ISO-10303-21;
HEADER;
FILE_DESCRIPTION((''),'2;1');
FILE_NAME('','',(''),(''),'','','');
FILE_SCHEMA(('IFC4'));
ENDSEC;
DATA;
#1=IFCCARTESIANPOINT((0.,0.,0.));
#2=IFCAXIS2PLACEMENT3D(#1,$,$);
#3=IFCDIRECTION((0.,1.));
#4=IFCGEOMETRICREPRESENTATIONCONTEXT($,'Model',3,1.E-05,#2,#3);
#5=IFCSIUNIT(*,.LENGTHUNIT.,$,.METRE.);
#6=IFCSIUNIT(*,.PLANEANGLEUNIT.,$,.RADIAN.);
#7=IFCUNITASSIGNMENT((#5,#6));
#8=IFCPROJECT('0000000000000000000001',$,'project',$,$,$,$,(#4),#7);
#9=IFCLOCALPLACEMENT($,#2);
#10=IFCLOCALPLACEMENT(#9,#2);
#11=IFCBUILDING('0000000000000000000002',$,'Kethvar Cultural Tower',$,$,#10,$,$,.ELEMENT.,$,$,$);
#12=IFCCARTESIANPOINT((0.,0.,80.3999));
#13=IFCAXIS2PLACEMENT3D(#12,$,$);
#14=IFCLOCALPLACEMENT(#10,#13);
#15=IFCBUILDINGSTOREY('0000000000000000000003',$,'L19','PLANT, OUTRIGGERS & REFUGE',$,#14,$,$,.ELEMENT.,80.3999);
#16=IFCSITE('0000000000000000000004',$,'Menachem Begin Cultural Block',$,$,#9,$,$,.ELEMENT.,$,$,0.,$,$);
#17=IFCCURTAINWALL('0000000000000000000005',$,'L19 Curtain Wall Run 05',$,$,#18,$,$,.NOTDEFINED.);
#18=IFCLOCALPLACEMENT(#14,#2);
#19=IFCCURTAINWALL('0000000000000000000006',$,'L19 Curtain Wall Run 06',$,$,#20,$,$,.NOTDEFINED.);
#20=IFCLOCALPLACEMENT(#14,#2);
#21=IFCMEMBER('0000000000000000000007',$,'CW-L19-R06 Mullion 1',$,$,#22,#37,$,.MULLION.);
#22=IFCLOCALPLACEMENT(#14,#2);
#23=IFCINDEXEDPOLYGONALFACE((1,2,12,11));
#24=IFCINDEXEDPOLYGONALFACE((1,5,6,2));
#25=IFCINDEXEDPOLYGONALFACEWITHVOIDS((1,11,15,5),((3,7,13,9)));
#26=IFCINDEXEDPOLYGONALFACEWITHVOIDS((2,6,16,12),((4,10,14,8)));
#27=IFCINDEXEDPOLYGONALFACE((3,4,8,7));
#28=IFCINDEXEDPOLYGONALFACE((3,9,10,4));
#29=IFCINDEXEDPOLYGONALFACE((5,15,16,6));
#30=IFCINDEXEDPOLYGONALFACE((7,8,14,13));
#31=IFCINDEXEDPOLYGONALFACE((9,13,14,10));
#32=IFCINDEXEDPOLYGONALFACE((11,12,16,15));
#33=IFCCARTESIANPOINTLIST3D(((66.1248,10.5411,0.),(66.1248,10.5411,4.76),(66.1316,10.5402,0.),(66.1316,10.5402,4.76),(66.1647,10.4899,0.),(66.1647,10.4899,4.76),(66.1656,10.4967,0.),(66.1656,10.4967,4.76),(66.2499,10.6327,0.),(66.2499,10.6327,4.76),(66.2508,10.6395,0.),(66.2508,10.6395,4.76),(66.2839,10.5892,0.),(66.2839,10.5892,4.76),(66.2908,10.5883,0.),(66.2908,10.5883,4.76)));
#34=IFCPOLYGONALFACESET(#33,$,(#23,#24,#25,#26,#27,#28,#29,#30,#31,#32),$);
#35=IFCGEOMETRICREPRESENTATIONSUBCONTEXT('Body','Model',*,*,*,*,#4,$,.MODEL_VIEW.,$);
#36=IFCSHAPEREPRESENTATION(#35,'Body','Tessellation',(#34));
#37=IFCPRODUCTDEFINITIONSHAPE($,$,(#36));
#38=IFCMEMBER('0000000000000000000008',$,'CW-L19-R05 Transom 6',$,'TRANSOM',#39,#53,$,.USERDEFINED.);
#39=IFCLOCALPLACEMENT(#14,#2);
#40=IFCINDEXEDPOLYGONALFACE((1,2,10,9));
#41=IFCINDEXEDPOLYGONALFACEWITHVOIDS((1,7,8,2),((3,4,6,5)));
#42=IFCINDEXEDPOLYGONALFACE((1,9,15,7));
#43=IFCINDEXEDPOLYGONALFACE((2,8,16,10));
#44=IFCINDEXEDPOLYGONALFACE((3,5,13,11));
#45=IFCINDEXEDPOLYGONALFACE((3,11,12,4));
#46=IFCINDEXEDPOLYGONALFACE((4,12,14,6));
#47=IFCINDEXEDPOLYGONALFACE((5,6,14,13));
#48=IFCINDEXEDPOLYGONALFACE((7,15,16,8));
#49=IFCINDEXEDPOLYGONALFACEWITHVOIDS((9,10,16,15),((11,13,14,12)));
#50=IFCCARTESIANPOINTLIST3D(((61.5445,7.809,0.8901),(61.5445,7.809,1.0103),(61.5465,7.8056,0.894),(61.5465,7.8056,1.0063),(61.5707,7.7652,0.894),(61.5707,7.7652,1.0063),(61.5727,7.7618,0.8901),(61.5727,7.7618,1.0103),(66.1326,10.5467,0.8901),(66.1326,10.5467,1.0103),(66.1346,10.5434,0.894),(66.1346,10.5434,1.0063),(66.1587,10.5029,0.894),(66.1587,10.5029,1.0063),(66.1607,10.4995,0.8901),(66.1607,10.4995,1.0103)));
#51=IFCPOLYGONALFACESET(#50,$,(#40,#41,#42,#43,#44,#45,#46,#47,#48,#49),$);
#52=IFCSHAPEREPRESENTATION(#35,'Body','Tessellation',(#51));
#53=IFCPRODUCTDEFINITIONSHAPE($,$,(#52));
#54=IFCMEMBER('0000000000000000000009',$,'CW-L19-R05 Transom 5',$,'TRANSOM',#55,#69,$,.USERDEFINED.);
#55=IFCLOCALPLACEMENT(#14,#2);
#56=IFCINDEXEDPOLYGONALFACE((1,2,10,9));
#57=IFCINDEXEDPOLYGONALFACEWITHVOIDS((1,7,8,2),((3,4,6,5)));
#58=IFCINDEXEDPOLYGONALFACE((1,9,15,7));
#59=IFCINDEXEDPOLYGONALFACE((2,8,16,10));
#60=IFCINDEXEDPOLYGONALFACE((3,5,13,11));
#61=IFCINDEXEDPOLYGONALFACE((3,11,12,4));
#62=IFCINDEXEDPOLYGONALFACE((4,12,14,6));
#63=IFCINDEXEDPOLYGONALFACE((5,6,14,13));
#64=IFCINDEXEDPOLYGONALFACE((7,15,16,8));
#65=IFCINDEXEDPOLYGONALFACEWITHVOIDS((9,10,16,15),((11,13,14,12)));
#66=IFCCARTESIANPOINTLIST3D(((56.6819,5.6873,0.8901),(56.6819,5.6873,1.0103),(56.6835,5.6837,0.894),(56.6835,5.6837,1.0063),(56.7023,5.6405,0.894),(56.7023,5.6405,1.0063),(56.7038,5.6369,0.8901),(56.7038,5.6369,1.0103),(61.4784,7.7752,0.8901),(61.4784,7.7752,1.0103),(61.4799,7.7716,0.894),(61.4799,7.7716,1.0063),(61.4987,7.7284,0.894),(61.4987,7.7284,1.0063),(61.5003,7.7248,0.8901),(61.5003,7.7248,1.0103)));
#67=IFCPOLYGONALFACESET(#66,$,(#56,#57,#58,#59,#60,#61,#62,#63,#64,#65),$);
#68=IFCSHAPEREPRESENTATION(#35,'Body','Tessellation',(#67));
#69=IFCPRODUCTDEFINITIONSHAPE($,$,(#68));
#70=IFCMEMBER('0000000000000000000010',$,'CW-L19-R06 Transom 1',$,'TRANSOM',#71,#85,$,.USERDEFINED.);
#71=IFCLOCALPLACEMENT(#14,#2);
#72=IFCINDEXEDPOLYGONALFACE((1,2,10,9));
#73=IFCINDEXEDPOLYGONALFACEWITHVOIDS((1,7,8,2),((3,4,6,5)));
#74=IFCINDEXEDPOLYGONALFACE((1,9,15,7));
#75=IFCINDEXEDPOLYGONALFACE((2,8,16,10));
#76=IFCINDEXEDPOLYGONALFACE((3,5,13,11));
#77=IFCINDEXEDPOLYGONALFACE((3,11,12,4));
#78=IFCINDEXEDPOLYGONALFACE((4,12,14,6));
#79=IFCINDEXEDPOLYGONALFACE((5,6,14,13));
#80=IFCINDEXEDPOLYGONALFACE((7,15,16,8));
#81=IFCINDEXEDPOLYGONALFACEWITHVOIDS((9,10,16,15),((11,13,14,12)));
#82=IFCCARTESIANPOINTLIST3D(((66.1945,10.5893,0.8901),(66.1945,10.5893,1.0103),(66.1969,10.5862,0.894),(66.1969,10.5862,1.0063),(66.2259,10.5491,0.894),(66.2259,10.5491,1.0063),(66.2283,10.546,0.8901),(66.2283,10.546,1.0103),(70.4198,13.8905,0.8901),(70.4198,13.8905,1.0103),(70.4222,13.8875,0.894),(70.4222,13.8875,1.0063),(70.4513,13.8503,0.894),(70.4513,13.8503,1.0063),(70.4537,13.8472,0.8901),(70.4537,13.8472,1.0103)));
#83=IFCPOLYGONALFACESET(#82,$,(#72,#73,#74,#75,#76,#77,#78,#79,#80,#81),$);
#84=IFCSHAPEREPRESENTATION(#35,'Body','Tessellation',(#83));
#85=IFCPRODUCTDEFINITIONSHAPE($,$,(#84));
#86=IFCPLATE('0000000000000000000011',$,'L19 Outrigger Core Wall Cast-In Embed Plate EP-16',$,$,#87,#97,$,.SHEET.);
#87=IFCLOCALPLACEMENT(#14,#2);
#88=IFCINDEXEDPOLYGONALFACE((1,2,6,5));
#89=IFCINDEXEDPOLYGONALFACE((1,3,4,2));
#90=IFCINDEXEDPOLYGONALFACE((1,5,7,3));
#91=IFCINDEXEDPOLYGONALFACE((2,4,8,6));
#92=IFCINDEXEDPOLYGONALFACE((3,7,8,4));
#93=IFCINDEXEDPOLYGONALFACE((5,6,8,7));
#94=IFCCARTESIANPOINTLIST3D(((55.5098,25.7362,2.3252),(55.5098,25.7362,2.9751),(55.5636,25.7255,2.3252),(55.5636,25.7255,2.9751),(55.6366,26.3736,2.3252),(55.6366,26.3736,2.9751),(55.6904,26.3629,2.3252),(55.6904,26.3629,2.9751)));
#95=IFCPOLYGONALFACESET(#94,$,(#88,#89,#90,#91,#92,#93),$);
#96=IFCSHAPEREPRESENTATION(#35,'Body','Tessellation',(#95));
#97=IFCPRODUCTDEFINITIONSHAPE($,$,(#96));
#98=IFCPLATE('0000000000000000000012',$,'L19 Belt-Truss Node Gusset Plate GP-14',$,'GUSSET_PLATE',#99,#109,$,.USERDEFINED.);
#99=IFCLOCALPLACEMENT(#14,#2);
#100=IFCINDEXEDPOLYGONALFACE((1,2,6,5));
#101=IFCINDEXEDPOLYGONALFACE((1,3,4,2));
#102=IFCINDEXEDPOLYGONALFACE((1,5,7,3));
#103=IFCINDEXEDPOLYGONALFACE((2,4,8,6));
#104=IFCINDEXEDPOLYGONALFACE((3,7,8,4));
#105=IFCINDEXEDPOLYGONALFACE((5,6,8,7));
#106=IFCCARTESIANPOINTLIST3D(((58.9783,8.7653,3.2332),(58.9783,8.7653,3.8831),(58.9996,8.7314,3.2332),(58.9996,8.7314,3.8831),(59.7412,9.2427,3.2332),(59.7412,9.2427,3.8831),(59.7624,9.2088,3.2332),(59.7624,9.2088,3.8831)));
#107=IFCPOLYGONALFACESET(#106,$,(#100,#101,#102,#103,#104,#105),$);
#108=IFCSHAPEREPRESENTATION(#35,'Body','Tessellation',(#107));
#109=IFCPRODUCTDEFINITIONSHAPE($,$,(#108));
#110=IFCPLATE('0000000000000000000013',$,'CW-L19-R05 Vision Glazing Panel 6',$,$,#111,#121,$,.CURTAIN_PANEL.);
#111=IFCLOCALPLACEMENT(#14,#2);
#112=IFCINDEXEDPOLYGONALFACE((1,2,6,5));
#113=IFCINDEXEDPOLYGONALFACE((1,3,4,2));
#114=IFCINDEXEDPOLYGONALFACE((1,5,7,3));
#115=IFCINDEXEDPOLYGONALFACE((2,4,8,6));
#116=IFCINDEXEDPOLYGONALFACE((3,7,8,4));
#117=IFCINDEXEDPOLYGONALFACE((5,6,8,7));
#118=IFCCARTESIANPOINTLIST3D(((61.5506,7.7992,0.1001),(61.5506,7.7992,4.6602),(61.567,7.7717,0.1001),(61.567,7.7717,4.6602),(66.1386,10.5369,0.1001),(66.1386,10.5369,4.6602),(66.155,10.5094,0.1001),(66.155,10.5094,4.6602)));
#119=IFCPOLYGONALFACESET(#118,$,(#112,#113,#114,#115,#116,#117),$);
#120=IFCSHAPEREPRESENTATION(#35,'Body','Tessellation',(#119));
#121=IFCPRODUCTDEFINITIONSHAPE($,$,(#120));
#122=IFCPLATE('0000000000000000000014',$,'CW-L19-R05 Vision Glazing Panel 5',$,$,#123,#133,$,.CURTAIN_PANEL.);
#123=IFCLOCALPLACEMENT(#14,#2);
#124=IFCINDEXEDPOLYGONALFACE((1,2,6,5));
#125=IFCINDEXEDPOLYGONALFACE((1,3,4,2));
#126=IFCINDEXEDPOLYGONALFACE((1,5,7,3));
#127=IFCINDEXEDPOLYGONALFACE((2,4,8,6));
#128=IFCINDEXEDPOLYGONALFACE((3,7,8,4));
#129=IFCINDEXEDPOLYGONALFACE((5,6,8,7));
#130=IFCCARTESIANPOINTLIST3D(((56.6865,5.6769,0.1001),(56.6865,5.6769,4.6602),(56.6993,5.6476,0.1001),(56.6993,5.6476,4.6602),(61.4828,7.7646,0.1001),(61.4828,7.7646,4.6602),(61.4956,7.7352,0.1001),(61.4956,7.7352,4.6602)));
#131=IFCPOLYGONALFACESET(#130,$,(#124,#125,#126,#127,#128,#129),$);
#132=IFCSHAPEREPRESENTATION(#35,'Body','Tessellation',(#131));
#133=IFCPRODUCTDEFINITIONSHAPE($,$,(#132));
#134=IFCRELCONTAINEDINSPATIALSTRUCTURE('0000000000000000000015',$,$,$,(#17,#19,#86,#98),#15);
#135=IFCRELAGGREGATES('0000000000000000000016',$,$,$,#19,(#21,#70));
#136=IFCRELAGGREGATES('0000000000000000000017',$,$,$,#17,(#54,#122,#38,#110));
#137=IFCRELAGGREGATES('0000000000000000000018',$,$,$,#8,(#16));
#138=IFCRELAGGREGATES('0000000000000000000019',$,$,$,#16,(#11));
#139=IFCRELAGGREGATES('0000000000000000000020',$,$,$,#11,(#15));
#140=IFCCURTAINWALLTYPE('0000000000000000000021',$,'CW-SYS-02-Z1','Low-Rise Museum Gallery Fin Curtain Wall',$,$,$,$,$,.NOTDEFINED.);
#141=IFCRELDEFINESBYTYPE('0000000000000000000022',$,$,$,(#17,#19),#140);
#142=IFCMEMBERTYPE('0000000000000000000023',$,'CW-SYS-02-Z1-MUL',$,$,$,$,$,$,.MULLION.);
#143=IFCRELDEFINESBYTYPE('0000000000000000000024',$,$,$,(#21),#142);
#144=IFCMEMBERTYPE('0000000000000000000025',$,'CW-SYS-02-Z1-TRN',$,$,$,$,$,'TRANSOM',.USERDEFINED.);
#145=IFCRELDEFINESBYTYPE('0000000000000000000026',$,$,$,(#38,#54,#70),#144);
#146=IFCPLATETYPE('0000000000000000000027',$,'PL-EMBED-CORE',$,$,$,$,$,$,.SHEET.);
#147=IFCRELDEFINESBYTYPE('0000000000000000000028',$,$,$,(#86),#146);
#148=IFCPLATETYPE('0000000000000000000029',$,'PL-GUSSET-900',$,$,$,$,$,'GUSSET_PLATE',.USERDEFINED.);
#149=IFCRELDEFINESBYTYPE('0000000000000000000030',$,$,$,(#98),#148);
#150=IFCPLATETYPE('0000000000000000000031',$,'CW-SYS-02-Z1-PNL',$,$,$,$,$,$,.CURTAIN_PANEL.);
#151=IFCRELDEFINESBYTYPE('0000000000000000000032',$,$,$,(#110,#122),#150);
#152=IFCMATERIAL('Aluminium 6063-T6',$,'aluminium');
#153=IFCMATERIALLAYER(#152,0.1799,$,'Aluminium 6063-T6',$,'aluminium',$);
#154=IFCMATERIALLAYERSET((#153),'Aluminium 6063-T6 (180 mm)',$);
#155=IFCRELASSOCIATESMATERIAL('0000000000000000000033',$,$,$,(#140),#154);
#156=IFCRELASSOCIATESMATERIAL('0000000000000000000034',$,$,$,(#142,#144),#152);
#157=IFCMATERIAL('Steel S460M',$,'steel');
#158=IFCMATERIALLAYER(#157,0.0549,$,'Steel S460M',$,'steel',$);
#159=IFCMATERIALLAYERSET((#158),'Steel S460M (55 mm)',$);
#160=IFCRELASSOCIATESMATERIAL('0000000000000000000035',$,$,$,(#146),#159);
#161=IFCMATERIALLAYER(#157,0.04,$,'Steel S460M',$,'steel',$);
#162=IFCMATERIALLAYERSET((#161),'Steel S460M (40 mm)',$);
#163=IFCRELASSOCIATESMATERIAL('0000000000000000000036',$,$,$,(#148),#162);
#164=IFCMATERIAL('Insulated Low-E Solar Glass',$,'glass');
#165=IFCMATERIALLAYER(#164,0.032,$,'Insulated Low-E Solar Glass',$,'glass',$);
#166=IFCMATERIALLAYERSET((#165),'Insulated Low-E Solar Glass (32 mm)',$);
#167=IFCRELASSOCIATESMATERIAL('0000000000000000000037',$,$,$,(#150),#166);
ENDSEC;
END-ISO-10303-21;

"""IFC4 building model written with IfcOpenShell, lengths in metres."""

from ifc_helpers import new_model, si_unit, direction, frame, origin, origin_2d, place, context, subcontext, project, spatial, rectangle, hollow_rectangle, extrude, source, transform, mapped, material, layer, layer_set, material_profile, profile_set, type_object, element, aggregate, save


model = new_model("IFC4")

# Units and contexts
model_context = context("Model", 3, precision=1e-05, world=origin(), true_north=direction((0.0, 1.0)))
body_context = subcontext(model_context, "Body", "Model", "MODEL_VIEW")
ifc_project = project(units=[si_unit("LENGTHUNIT", "METRE"), si_unit("PLANEANGLEUNIT", "RADIAN")], contexts=[model_context])

# Site, building, storey
site_placement = place(None, origin())
site = spatial("IfcSite", under=ifc_project, at=site_placement, Name="Menachem Begin Cultural Block", CompositionType="ELEMENT", RefElevation=0.0)
building_placement = place(site_placement, origin())
building = spatial("IfcBuilding", under=site, at=building_placement, Name="Kethvar Cultural Tower", CompositionType="ELEMENT")
storey_placement = place(building_placement, frame((0.0, 0.0, 80.3999)))
storey = spatial("IfcBuildingStorey", under=building, at=storey_placement, Name="L19", Description="PLANT, OUTRIGGERS & REFUGE", CompositionType="ELEMENT", Elevation=80.3999)

# Shared definitions
ifc_material_1 = material(Name="Steel S460M", Category="steel")

# Curtain wall
ifc_material_2 = material(Name="Aluminium 6063-T6", Category="aluminium")
ifc_layer_1 = layer(ifc_material_2, 0.1799, Name="Aluminium 6063-T6", Category="aluminium")
ifc_layer_set_1 = layer_set([ifc_layer_1], Name="Aluminium 6063-T6 (180 mm)")
curtain_wall_type = type_object("IfcCurtainWallType", Name="CW-SYS-02-Z1", Description="Low-Rise Museum Gallery Fin Curtain Wall", PredefinedType="NOTDEFINED", material=ifc_layer_set_1)
curtain_wall_1_placement = place(storey_placement, origin())
curtain_wall_1 = element("IfcCurtainWall", 1, at=curtain_wall_1_placement, inside=storey, type_object=curtain_wall_type, Name="L19 Curtain Wall Run 05", PredefinedType="NOTDEFINED")
ifc_material_profile_1 = material_profile(ifc_material_2, hollow_rectangle(XDim=0.0649, YDim=0.1599, WallThickness=0.0049, at=origin_2d()), Name="Aluminium 6063-T6 — RHS160x65x5")
ifc_profile_set_1 = profile_set([ifc_material_profile_1], Name="Aluminium 6063-T6 — RHS160x65x5")
member_type_1 = type_object("IfcMemberType", Name="CW-SYS-02-Z1-MUL", PredefinedType="MULLION", material=ifc_profile_set_1)
shared_shape_1 = source(origin(), body_context, "Body", "SweptSolid", [
    extrude(hollow_rectangle(XDim=0.0649, YDim=0.1599, WallThickness=0.0049, at=origin_2d()), origin(), (0.0, 0.0, 1.0), 4.76),
])

# Curtain wall, member
curtain_wall_2_placement = place(storey_placement, origin())
curtain_wall_2 = element("IfcCurtainWall", 2, at=curtain_wall_2_placement, inside=storey, type_object=curtain_wall_type, Name="L19 Curtain Wall Run 06", PredefinedType="NOTDEFINED")
member_1_placement = place(storey_placement, frame((66.2078, 10.5647, 0.0), z_axis=(0.0, 0.0, 1.0), x_axis=(-0.615675, 0.788, 0.0)))
member_1 = element("IfcMember", 3, at=member_1_placement, type_object=member_type_1, Name="CW-L19-R06 Mullion 1", PredefinedType="MULLION", context=body_context, shape_type="MappedRepresentation", body=[
    mapped(shared_shape_1, transform((0.0, 0.0, 0.0), scale=1.0)),
])

# Members
ifc_material_profile_2 = material_profile(ifc_material_2, hollow_rectangle(XDim=0.0549, YDim=0.1201, WallThickness=0.0039, at=origin_2d()), Name="Aluminium 6063-T6 — RHS120x55x4")
ifc_profile_set_2 = profile_set([ifc_material_profile_2], Name="Aluminium 6063-T6 — RHS120x55x4")
member_type_2 = type_object("IfcMemberType", Name="CW-SYS-02-Z1-TRN", ElementType="TRANSOM", PredefinedType="USERDEFINED", material=ifc_profile_set_2)
shared_shape_2 = source(origin(), body_context, "Body", "SweptSolid", [
    extrude(hollow_rectangle(XDim=0.0549, YDim=0.1201, WallThickness=0.0039, at=origin_2d()), origin(), (0.0, 0.0, 1.0), 5.3428),
])
member_2_placement = place(storey_placement, frame((61.5586, 7.7854, 0.9502), z_axis=(0.858736, 0.512418, 0.0), x_axis=(-0.512418, 0.858736, 0.0)))
member_2 = element("IfcMember", 4, at=member_2_placement, type_object=member_type_2, Name="CW-L19-R05 Transom 6", ObjectType="TRANSOM", PredefinedType="USERDEFINED", context=body_context, shape_type="MappedRepresentation", body=[
    mapped(shared_shape_2, transform((0.0, 0.0, 0.0), scale=1.0)),
])
shared_shape_3 = source(origin(), body_context, "Body", "SweptSolid", [
    extrude(hollow_rectangle(XDim=0.0549, YDim=0.1201, WallThickness=0.0039, at=origin_2d()), origin(), (0.0, 0.0, 1.0), 5.2312),
])
member_3_placement = place(storey_placement, frame((56.6929, 5.6621, 0.9502), z_axis=(0.916895, 0.399129, 0.0), x_axis=(-0.399129, 0.916895, 0.0)))
member_3 = element("IfcMember", 5, at=member_3_placement, type_object=member_type_2, Name="CW-L19-R05 Transom 5", ObjectType="TRANSOM", PredefinedType="USERDEFINED", context=body_context, shape_type="MappedRepresentation", body=[
    mapped(shared_shape_3, transform((0.0, 0.0, 0.0), scale=1.0)),
])
shared_shape_4 = source(origin(), body_context, "Body", "SweptSolid", [
    extrude(hollow_rectangle(XDim=0.0549, YDim=0.1201, WallThickness=0.0039, at=origin_2d()), origin(), (0.0, 0.0, 1.0), 5.3621),
])
member_4_placement = place(storey_placement, frame((66.2114, 10.5676, 0.9502), z_axis=(0.788004, 0.61567, 0.0), x_axis=(-0.61567, 0.788004, 0.0)))
member_4 = element("IfcMember", 6, at=member_4_placement, type_object=member_type_2, Name="CW-L19-R06 Transom 1", ObjectType="TRANSOM", PredefinedType="USERDEFINED", context=body_context, shape_type="MappedRepresentation", body=[
    mapped(shared_shape_4, transform((0.0, 0.0, 0.0), scale=1.0)),
])
aggregate(curtain_wall_2, [member_1, member_4])

# Plates
ifc_layer_2 = layer(ifc_material_1, 0.0549, Name="Steel S460M", Category="steel")
ifc_layer_set_2 = layer_set([ifc_layer_2], Name="Steel S460M (55 mm)")
plate_type_1 = type_object("IfcPlateType", Name="PL-EMBED-CORE", PredefinedType="SHEET", material=ifc_layer_set_2)
shared_shape_5 = source(origin(), body_context, "Body", "SweptSolid", [
    extrude(rectangle(XDim=0.0549, YDim=0.6499, at=origin_2d()), origin(), (0.0, 0.0, 1.0), 0.6499),
])
plate_1_placement = place(storey_placement, frame((55.6001, 26.0496, 2.3252), z_axis=(0.0, 0.0, 1.0), x_axis=(0.980785, -0.19509, 0.0)))
element("IfcPlate", 7, at=plate_1_placement, inside=storey, type_object=plate_type_1, Name="L19 Outrigger Core Wall Cast-In Embed Plate EP-16", PredefinedType="SHEET", context=body_context, shape_type="MappedRepresentation", body=[
    mapped(shared_shape_5, transform((0.0, 0.0, 0.0), scale=1.0)),
])
ifc_layer_3 = layer(ifc_material_1, 0.04, Name="Steel S460M", Category="steel")
ifc_layer_set_3 = layer_set([ifc_layer_3], Name="Steel S460M (40 mm)")
plate_type_2 = type_object("IfcPlateType", Name="PL-GUSSET-900", ElementType="GUSSET_PLATE", PredefinedType="USERDEFINED", material=ifc_layer_set_3)
shared_shape_6 = source(origin(), body_context, "Body", "SweptSolid", [
    extrude(rectangle(XDim=0.8999, YDim=0.04, at=origin_2d()), origin(), (0.0, 0.0, 1.0), 0.6499),
])
plate_2_placement = place(storey_placement, frame((59.3704, 8.9871, 3.2332), z_axis=(0.0, 0.0, 1.0), x_axis=(0.847705, 0.530468, 0.0)))
element("IfcPlate", 8, at=plate_2_placement, inside=storey, type_object=plate_type_2, Name="L19 Belt-Truss Node Gusset Plate GP-14", ObjectType="GUSSET_PLATE", PredefinedType="USERDEFINED", context=body_context, shape_type="MappedRepresentation", body=[
    mapped(shared_shape_6, transform((0.0, 0.0, 0.0), scale=1.0)),
])

# Plates
ifc_material_3 = material(Name="Insulated Low-E Solar Glass", Category="glass")
ifc_layer_4 = layer(ifc_material_3, 0.032, Name="Insulated Low-E Solar Glass", Category="glass")
ifc_layer_set_4 = layer_set([ifc_layer_4], Name="Insulated Low-E Solar Glass (32 mm)")
plate_type_3 = type_object("IfcPlateType", Name="CW-SYS-02-Z1-PNL", PredefinedType="CURTAIN_PANEL", material=ifc_layer_set_4)
shared_shape_7 = source(origin(), body_context, "Body", "SweptSolid", [
    extrude(rectangle(XDim=5.3428, YDim=0.032, at=origin_2d()), origin(), (0.0, 0.0, 1.0), 4.5601),
])
plate_3_placement = place(storey_placement, frame((63.8528, 9.1543, 0.1001), z_axis=(0.0, 0.0, 1.0), x_axis=(0.858736, 0.512418, 0.0)))
plate_3 = element("IfcPlate", 9, at=plate_3_placement, type_object=plate_type_3, Name="CW-L19-R05 Vision Glazing Panel 6", PredefinedType="CURTAIN_PANEL", context=body_context, shape_type="MappedRepresentation", body=[
    mapped(shared_shape_7, transform((0.0, 0.0, 0.0), scale=1.0)),
])
shared_shape_8 = source(origin(), body_context, "Body", "SweptSolid", [
    extrude(rectangle(XDim=5.231, YDim=0.032, at=origin_2d()), origin(), (0.0, 0.0, 1.0), 4.5601),
])
plate_4_placement = place(storey_placement, frame((59.0911, 6.7061, 0.1001), z_axis=(0.0, 0.0, 1.0), x_axis=(0.916907, 0.399101, 0.0)))
plate_4 = element("IfcPlate", 10, at=plate_4_placement, type_object=plate_type_3, Name="CW-L19-R05 Vision Glazing Panel 5", PredefinedType="CURTAIN_PANEL", context=body_context, shape_type="MappedRepresentation", body=[
    mapped(shared_shape_8, transform((0.0, 0.0, 0.0), scale=1.0)),
])
aggregate(curtain_wall_1, [member_3, plate_4, member_2, plate_3])

save(model, "model.ifc")
